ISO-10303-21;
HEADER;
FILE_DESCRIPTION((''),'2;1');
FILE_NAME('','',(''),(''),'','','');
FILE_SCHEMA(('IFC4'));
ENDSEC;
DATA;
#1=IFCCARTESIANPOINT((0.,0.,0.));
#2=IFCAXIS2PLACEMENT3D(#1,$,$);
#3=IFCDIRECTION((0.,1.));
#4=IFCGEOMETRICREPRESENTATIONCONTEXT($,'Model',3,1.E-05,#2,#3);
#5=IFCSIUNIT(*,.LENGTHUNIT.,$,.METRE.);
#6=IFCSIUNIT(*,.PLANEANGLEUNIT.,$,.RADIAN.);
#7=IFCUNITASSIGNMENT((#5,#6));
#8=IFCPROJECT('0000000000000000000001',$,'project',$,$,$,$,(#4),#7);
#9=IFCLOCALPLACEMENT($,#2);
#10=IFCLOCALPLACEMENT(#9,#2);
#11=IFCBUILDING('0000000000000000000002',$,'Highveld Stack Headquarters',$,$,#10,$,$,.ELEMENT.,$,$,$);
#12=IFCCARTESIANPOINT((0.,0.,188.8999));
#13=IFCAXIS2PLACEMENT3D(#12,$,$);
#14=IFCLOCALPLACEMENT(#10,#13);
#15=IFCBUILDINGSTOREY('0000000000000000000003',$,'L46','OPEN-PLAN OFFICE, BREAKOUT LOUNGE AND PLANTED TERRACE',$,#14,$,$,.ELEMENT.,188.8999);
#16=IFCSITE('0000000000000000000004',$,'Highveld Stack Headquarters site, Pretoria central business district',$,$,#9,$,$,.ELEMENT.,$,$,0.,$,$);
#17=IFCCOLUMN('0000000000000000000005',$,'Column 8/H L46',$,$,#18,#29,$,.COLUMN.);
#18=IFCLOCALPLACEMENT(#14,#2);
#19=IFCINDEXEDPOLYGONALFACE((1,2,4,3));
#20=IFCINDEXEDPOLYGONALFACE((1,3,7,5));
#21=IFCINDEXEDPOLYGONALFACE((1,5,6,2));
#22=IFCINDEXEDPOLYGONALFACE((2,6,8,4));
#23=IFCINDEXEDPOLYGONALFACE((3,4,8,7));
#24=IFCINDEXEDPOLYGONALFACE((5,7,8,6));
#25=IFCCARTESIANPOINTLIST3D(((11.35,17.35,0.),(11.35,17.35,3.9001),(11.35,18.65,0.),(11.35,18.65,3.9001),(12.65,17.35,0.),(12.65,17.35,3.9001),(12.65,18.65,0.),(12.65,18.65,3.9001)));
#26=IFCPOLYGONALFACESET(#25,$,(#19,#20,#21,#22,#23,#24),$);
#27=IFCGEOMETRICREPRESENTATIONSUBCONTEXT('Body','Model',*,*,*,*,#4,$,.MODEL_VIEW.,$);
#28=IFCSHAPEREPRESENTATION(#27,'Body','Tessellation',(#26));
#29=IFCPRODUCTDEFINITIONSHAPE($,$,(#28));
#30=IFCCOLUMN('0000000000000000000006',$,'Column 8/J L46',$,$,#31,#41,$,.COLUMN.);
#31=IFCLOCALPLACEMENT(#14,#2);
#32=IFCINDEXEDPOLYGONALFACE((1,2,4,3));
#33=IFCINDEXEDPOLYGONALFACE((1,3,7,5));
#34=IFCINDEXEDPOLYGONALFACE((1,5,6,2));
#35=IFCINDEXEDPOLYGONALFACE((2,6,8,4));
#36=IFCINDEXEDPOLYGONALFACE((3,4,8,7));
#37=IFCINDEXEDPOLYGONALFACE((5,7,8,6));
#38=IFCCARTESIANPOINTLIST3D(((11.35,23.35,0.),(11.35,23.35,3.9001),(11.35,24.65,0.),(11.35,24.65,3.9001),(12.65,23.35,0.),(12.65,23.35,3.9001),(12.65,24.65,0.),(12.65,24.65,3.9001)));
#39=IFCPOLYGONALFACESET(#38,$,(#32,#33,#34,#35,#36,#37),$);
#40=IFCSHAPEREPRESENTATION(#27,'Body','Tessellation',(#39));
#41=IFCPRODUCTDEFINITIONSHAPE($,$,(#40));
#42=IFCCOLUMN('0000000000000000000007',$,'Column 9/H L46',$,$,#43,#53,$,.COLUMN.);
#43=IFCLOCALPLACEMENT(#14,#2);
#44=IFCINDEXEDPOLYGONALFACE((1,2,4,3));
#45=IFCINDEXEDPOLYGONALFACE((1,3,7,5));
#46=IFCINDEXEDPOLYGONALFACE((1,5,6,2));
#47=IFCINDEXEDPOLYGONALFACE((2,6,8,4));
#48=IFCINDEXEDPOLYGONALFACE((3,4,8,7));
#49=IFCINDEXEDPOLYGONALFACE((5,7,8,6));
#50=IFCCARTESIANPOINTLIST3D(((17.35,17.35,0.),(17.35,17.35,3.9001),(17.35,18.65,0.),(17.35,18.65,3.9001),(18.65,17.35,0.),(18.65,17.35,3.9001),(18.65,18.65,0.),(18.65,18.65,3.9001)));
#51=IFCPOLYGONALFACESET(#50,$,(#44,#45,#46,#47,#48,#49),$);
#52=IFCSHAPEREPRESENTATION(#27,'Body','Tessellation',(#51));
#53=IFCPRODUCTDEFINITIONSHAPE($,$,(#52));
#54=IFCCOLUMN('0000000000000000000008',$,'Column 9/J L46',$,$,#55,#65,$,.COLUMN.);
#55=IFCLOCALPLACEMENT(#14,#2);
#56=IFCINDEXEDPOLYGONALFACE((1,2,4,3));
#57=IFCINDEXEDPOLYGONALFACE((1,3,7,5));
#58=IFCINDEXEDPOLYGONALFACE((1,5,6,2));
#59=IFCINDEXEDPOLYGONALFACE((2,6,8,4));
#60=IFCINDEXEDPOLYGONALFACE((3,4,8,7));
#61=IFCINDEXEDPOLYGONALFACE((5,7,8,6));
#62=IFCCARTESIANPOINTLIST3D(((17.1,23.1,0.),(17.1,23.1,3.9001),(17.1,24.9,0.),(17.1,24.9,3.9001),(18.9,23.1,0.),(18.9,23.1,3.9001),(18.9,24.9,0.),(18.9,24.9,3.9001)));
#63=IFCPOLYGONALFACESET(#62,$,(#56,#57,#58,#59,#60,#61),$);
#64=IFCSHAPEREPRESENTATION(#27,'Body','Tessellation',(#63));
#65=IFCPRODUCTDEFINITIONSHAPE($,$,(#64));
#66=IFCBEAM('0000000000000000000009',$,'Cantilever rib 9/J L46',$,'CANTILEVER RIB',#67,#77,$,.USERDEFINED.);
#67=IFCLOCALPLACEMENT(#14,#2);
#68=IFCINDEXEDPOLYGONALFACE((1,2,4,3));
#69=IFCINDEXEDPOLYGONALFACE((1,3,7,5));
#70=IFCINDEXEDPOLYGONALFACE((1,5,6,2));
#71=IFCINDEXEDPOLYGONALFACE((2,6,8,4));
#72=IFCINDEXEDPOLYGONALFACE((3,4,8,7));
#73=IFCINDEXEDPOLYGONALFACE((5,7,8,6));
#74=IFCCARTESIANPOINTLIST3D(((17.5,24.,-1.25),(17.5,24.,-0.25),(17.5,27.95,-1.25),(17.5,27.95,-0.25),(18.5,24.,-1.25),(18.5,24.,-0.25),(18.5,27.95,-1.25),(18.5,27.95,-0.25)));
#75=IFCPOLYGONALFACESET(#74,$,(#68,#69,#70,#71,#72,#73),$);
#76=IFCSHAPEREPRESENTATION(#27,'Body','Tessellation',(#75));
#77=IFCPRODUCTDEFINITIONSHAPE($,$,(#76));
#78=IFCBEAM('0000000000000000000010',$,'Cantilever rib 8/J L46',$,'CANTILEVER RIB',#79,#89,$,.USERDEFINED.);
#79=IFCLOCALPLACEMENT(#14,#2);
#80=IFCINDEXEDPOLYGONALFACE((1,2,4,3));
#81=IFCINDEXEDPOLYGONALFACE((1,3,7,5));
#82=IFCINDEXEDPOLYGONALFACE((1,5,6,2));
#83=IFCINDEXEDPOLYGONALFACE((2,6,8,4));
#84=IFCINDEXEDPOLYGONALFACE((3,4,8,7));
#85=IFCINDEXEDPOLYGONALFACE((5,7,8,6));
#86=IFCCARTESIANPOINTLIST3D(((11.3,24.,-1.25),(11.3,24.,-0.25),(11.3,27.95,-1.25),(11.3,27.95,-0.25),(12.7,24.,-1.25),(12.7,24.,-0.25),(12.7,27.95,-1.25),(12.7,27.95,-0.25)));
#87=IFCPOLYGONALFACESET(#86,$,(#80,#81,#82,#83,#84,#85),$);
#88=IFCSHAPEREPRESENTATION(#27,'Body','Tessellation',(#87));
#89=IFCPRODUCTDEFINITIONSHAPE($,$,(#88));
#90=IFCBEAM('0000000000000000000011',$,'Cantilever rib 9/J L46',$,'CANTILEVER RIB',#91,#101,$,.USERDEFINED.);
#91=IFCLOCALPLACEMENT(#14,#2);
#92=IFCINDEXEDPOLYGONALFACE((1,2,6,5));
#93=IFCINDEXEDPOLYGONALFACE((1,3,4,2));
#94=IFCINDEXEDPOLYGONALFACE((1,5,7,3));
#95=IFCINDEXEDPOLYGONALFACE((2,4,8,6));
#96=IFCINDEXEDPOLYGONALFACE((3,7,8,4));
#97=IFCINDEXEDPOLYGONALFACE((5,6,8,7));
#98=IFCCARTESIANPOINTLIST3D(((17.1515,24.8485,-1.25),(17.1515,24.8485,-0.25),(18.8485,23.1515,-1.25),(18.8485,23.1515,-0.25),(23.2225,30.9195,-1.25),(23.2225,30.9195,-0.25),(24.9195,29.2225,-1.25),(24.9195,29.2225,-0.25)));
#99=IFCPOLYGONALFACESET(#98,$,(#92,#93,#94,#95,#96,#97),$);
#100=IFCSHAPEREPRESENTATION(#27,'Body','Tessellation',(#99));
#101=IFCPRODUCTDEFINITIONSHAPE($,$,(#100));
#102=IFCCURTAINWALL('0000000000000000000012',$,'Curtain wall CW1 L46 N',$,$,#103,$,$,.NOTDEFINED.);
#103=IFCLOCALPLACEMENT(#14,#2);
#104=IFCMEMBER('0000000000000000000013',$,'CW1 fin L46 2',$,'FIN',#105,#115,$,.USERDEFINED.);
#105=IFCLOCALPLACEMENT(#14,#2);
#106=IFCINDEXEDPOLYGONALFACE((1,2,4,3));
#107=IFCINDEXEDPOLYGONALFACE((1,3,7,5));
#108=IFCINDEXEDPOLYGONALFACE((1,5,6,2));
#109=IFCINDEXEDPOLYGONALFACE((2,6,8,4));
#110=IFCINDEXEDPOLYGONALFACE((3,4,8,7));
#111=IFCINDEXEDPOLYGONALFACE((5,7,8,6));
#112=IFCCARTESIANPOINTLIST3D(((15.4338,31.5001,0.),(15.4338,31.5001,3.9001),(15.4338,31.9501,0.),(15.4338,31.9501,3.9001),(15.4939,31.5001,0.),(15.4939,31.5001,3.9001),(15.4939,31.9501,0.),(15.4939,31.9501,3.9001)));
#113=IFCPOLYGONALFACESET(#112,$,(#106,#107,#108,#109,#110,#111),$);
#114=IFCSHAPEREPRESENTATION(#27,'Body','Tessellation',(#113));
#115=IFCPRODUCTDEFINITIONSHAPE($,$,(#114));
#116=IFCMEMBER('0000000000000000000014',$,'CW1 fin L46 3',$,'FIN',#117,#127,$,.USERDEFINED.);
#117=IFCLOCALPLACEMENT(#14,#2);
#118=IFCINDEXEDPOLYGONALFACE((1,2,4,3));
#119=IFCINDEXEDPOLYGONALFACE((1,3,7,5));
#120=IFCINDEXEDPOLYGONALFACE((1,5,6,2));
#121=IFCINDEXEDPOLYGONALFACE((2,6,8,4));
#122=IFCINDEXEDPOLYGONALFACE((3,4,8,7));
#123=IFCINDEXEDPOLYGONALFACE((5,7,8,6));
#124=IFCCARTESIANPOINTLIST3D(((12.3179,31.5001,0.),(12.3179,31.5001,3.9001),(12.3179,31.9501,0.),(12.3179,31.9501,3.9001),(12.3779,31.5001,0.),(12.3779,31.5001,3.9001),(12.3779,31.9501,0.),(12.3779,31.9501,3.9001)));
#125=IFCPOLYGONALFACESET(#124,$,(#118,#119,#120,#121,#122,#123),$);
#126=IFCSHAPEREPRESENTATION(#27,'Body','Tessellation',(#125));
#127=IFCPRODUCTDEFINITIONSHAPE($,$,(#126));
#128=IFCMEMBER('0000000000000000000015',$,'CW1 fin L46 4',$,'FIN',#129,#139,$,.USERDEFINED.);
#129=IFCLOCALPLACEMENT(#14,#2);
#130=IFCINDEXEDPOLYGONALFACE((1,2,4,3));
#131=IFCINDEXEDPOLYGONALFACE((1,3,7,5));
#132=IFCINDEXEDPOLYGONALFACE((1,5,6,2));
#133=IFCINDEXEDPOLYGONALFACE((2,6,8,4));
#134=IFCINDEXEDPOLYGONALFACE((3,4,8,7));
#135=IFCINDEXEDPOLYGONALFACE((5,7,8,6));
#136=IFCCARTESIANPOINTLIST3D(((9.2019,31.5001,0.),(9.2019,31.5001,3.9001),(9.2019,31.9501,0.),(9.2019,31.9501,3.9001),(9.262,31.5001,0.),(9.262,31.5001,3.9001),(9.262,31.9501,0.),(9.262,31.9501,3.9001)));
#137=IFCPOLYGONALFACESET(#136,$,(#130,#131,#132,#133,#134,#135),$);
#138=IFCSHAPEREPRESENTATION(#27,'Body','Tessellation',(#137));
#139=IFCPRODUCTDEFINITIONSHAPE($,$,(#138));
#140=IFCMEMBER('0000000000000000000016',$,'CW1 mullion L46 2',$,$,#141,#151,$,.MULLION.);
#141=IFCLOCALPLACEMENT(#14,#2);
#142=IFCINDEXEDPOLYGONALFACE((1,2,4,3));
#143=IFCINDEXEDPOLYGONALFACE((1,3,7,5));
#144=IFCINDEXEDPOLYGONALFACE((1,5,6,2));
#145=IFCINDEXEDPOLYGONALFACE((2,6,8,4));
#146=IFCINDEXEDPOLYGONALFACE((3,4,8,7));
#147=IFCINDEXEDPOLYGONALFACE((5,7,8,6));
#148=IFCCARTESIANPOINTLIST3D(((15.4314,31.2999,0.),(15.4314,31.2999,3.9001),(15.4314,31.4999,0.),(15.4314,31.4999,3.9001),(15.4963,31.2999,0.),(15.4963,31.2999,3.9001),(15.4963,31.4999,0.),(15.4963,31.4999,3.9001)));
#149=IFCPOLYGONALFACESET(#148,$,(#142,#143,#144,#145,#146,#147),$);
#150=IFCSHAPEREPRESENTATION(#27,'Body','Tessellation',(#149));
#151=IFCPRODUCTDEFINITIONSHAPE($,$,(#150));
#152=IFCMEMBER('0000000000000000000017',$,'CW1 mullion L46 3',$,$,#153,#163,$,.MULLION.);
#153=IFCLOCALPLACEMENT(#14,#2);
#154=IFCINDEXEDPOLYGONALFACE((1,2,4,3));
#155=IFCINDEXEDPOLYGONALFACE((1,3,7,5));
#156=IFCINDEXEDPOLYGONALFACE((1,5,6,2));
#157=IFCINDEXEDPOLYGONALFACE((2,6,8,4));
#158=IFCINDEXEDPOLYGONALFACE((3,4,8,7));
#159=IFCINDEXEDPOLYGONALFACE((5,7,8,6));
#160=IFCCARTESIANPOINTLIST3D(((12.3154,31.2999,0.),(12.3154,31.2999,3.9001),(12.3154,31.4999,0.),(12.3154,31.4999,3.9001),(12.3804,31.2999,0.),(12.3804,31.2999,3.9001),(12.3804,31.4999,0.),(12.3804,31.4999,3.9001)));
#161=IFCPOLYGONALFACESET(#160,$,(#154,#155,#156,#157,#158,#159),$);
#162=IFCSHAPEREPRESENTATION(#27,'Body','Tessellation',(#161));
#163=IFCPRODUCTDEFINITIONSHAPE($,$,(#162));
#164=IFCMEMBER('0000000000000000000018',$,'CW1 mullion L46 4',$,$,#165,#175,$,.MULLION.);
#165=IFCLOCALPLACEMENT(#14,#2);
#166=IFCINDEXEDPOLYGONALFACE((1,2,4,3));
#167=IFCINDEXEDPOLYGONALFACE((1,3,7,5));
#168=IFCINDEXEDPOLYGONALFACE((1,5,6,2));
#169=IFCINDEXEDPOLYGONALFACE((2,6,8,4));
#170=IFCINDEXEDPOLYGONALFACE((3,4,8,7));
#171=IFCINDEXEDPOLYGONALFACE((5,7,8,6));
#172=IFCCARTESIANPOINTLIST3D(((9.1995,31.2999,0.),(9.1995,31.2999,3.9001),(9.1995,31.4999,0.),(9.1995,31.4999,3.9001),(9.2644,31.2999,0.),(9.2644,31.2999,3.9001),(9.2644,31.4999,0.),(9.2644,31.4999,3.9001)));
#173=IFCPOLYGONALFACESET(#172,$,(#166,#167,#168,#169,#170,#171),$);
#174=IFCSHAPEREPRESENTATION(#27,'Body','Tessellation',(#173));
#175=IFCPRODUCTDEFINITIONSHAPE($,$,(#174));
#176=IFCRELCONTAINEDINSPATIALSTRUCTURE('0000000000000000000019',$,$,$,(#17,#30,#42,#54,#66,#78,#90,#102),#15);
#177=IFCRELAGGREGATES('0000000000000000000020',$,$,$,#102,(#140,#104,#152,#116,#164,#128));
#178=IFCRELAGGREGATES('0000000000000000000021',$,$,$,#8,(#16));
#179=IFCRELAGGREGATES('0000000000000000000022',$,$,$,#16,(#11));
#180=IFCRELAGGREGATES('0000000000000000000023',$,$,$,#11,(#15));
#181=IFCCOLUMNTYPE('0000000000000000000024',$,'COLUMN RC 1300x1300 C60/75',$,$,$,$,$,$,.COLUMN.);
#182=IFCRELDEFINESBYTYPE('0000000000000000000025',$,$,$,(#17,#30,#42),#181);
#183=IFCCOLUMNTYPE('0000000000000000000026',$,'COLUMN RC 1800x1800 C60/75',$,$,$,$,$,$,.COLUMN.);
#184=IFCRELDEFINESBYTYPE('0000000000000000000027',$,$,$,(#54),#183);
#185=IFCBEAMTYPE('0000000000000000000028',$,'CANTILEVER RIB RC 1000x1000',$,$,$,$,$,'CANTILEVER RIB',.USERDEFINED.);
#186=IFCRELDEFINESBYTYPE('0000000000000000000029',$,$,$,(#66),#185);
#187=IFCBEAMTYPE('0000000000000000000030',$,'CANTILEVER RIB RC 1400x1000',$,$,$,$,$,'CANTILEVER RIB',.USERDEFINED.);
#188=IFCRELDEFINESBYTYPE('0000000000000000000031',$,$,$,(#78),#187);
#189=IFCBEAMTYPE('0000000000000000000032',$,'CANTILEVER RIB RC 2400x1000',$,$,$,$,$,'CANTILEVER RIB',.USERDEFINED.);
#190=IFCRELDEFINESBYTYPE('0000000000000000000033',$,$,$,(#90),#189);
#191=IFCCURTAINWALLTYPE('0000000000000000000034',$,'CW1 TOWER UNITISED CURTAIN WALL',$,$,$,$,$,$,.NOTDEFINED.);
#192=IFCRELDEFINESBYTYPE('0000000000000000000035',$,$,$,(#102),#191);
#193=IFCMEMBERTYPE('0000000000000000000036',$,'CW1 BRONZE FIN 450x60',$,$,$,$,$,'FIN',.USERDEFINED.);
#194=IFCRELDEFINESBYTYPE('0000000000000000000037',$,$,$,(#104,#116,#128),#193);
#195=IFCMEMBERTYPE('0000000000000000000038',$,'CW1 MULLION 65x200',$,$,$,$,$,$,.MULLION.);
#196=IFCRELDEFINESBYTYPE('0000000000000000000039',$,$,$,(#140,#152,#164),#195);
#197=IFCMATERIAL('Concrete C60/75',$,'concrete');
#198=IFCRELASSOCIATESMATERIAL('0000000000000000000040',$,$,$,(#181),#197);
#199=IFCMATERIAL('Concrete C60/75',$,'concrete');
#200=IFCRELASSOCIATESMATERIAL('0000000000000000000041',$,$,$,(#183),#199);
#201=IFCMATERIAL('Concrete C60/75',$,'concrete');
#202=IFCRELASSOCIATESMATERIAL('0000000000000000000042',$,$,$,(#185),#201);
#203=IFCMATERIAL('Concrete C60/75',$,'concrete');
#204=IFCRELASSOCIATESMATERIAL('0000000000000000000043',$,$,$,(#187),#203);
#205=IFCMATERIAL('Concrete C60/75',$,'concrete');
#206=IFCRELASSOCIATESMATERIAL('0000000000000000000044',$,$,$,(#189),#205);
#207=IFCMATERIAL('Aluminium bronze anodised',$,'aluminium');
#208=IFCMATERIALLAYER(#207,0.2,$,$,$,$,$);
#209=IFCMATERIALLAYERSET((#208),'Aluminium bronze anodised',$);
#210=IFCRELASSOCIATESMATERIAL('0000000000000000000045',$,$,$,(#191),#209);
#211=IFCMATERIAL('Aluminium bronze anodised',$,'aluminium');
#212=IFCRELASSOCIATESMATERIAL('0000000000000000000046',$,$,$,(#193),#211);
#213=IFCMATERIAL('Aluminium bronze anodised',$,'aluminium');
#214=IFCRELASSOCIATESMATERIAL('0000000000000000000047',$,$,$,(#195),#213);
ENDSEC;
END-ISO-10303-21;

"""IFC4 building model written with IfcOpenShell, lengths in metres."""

from ifc_helpers import new_model, si_unit, direction, frame, origin, origin_2d, place, context, subcontext, project, spatial, rectangle, extrude, material, layer, layer_set, material_profile, profile_set, type_object, element, aggregate, save


model = new_model("IFC4")

# Units and contexts
model_context = context("Model", 3, precision=1e-05, world=origin(), true_north=direction((0.0, 1.0)))
body_context = subcontext(model_context, "Body", "Model", "MODEL_VIEW")
ifc_project = project(units=[si_unit("LENGTHUNIT", "METRE"), si_unit("PLANEANGLEUNIT", "RADIAN")], contexts=[model_context])

# Site, building, storey
site_placement = place(None, origin())
site = spatial("IfcSite", under=ifc_project, at=site_placement, Name="Highveld Stack Headquarters site, Pretoria central business district", CompositionType="ELEMENT", RefElevation=0.0)
building_placement = place(site_placement, origin())
building = spatial("IfcBuilding", under=site, at=building_placement, Name="Highveld Stack Headquarters", CompositionType="ELEMENT")
storey_placement = place(building_placement, frame((0.0, 0.0, 188.8999)))
storey = spatial("IfcBuildingStorey", under=building, at=storey_placement, Name="L46", Description="OPEN-PLAN OFFICE, BREAKOUT LOUNGE AND PLANTED TERRACE", CompositionType="ELEMENT", Elevation=188.8999)

# Columns
ifc_material_1 = material(Name="Concrete C60/75", Category="concrete")
ifc_material_profile_1 = material_profile(ifc_material_1, rectangle(XDim=1.3, YDim=1.3, at=origin_2d()), Name="RC 1300x1300")
ifc_profile_set_1 = profile_set([ifc_material_profile_1], Name="Concrete C60/75")
column_type_1 = type_object("IfcColumnType", Name="COLUMN RC 1300x1300 C60/75", PredefinedType="COLUMN", material=ifc_profile_set_1)
for number, where, z_axis, x_axis, name in (
    (1, (12.0, 18.0, 0.0), (0.0, 0.0, 1.0), (1.0, 0.0, 0.0), "Column 8/H L46"),
    (2, (12.0, 24.0, 0.0), (0.0, 0.0, 1.0), (1.0, 0.0, 0.0), "Column 8/J L46"),
    (3, (18.0, 18.0, 0.0), (0.0, 0.0, 1.0), (1.0, 0.0, 0.0), "Column 9/H L46"),
):
    element("IfcColumn", number, at=place(storey_placement, frame(where, z_axis=z_axis, x_axis=x_axis)), inside=storey, type_object=column_type_1, Name=name, PredefinedType="COLUMN", context=body_context, shape_type="SweptSolid", body=[
        extrude(rectangle(XDim=1.3, YDim=1.3, at=origin_2d()), origin(), (0.0, 0.0, 1.0), 3.9001),
    ])
ifc_material_2 = material(Name="Concrete C60/75", Category="concrete")
ifc_material_profile_2 = material_profile(ifc_material_2, rectangle(XDim=1.8, YDim=1.8, at=origin_2d()), Name="RC 1800x1800")
ifc_profile_set_2 = profile_set([ifc_material_profile_2], Name="Concrete C60/75")
column_type_2 = type_object("IfcColumnType", Name="COLUMN RC 1800x1800 C60/75", PredefinedType="COLUMN", material=ifc_profile_set_2)
column_placement = place(storey_placement, frame((18.0, 24.0, 0.0), z_axis=(0.0, 0.0, 1.0), x_axis=(1.0, 0.0, 0.0)))
element("IfcColumn", 4, at=column_placement, inside=storey, type_object=column_type_2, Name="Column 9/J L46", PredefinedType="COLUMN", context=body_context, shape_type="SweptSolid", body=[
    extrude(rectangle(XDim=1.8, YDim=1.8, at=origin_2d()), origin(), (0.0, 0.0, 1.0), 3.9001),
])

# Beams
ifc_material_3 = material(Name="Concrete C60/75", Category="concrete")
ifc_material_profile_3 = material_profile(ifc_material_3, rectangle(XDim=1.0, YDim=1.0, at=origin_2d()), Name="RC 1000x1000")
ifc_profile_set_3 = profile_set([ifc_material_profile_3], Name="Concrete C60/75")
beam_type_1 = type_object("IfcBeamType", Name="CANTILEVER RIB RC 1000x1000", ElementType="CANTILEVER RIB", PredefinedType="USERDEFINED", material=ifc_profile_set_3)
beam_1_placement = place(storey_placement, frame((18.0, 24.0, -0.75), z_axis=(0.0, 1.0, 0.0), x_axis=(-1.0, 0.0, 0.0)))
element("IfcBeam", 5, at=beam_1_placement, inside=storey, type_object=beam_type_1, Name="Cantilever rib 9/J L46", ObjectType="CANTILEVER RIB", PredefinedType="USERDEFINED", context=body_context, shape_type="SweptSolid", body=[
    extrude(rectangle(XDim=1.0, YDim=1.0, at=origin_2d()), origin(), (0.0, 0.0, 1.0), 3.95),
])
ifc_material_4 = material(Name="Concrete C60/75", Category="concrete")
ifc_material_profile_4 = material_profile(ifc_material_4, rectangle(XDim=1.3999, YDim=1.0, at=origin_2d()), Name="RC 1400x1000")
ifc_profile_set_4 = profile_set([ifc_material_profile_4], Name="Concrete C60/75")
beam_type_2 = type_object("IfcBeamType", Name="CANTILEVER RIB RC 1400x1000", ElementType="CANTILEVER RIB", PredefinedType="USERDEFINED", material=ifc_profile_set_4)
beam_2_placement = place(storey_placement, frame((12.0, 24.0, -0.75), z_axis=(0.0, 1.0, 0.0), x_axis=(-1.0, 0.0, 0.0)))
element("IfcBeam", 6, at=beam_2_placement, inside=storey, type_object=beam_type_2, Name="Cantilever rib 8/J L46", ObjectType="CANTILEVER RIB", PredefinedType="USERDEFINED", context=body_context, shape_type="SweptSolid", body=[
    extrude(rectangle(XDim=1.3999, YDim=1.0, at=origin_2d()), origin(), (0.0, 0.0, 1.0), 3.95),
])
ifc_material_5 = material(Name="Concrete C60/75", Category="concrete")
ifc_material_profile_5 = material_profile(ifc_material_5, rectangle(XDim=2.3999, YDim=1.0, at=origin_2d()), Name="RC 2400x1000")
ifc_profile_set_5 = profile_set([ifc_material_profile_5], Name="Concrete C60/75")
beam_type_3 = type_object("IfcBeamType", Name="CANTILEVER RIB RC 2400x1000", ElementType="CANTILEVER RIB", PredefinedType="USERDEFINED", material=ifc_profile_set_5)
beam_3_placement = place(storey_placement, frame((18.0, 24.0, -0.75), z_axis=(0.707107, 0.707107, 0.0), x_axis=(-0.707107, 0.707107, 0.0)))
element("IfcBeam", 7, at=beam_3_placement, inside=storey, type_object=beam_type_3, Name="Cantilever rib 9/J L46", ObjectType="CANTILEVER RIB", PredefinedType="USERDEFINED", context=body_context, shape_type="SweptSolid", body=[
    extrude(rectangle(XDim=2.3999, YDim=1.0, at=origin_2d()), origin(), (0.0, 0.0, 1.0), 8.5857),
])

# Curtain wall, members
ifc_material_6 = material(Name="Aluminium bronze anodised", Category="aluminium")
ifc_layer_1 = layer(ifc_material_6, 0.2)
ifc_layer_set_1 = layer_set([ifc_layer_1], Name="Aluminium bronze anodised")
curtain_wall_type = type_object("IfcCurtainWallType", Name="CW1 TOWER UNITISED CURTAIN WALL", PredefinedType="NOTDEFINED", material=ifc_layer_set_1)
curtain_wall_placement = place(storey_placement, origin())
curtain_wall = element("IfcCurtainWall", 8, at=curtain_wall_placement, inside=storey, type_object=curtain_wall_type, Name="Curtain wall CW1 L46 N", PredefinedType="NOTDEFINED")
ifc_material_7 = material(Name="Aluminium bronze anodised", Category="aluminium")
ifc_material_profile_6 = material_profile(ifc_material_7, rectangle(XDim=0.45, YDim=0.0601, at=origin_2d()), Name="FIN 450x60")
ifc_profile_set_6 = profile_set([ifc_material_profile_6], Name="Aluminium bronze anodised")
member_type_1 = type_object("IfcMemberType", Name="CW1 BRONZE FIN 450x60", ElementType="FIN", PredefinedType="USERDEFINED", material=ifc_profile_set_6)
member_1_placement = place(storey_placement, frame((15.4639, 31.7251, 0.0), z_axis=(0.0, 0.0, 1.0), x_axis=(0.0, -1.0, 0.0)))
member_1 = element("IfcMember", 9, at=member_1_placement, type_object=member_type_1, Name="CW1 fin L46 2", ObjectType="FIN", PredefinedType="USERDEFINED", context=body_context, shape_type="SweptSolid", body=[
    extrude(rectangle(XDim=0.45, YDim=0.0601, at=origin_2d()), origin(), (0.0, 0.0, 1.0), 3.9001),
])
member_2_placement = place(storey_placement, frame((12.3479, 31.7251, 0.0), z_axis=(0.0, 0.0, 1.0), x_axis=(0.0, -1.0, 0.0)))
member_2 = element("IfcMember", 10, at=member_2_placement, type_object=member_type_1, Name="CW1 fin L46 3", ObjectType="FIN", PredefinedType="USERDEFINED", context=body_context, shape_type="SweptSolid", body=[
    extrude(rectangle(XDim=0.45, YDim=0.0601, at=origin_2d()), origin(), (0.0, 0.0, 1.0), 3.9001),
])
member_3_placement = place(storey_placement, frame((9.2319, 31.7251, 0.0), z_axis=(0.0, 0.0, 1.0), x_axis=(0.0, -1.0, 0.0)))
member_3 = element("IfcMember", 11, at=member_3_placement, type_object=member_type_1, Name="CW1 fin L46 4", ObjectType="FIN", PredefinedType="USERDEFINED", context=body_context, shape_type="SweptSolid", body=[
    extrude(rectangle(XDim=0.45, YDim=0.0601, at=origin_2d()), origin(), (0.0, 0.0, 1.0), 3.9001),
])
ifc_material_8 = material(Name="Aluminium bronze anodised", Category="aluminium")
ifc_material_profile_7 = material_profile(ifc_material_8, rectangle(XDim=0.2, YDim=0.0649, at=origin_2d()), Name="CW1 MULLION 65x200")
ifc_profile_set_7 = profile_set([ifc_material_profile_7], Name="Aluminium bronze anodised")
member_type_2 = type_object("IfcMemberType", Name="CW1 MULLION 65x200", PredefinedType="MULLION", material=ifc_profile_set_7)
member_4_placement = place(storey_placement, frame((15.4639, 31.3999, 0.0), z_axis=(0.0, 0.0, 1.0), x_axis=(0.0, -1.0, 0.0)))
member_4 = element("IfcMember", 12, at=member_4_placement, type_object=member_type_2, Name="CW1 mullion L46 2", PredefinedType="MULLION", context=body_context, shape_type="SweptSolid", body=[
    extrude(rectangle(XDim=0.2, YDim=0.0649, at=origin_2d()), origin(), (0.0, 0.0, 1.0), 3.9001),
])
member_5_placement = place(storey_placement, frame((12.3479, 31.3999, 0.0), z_axis=(0.0, 0.0, 1.0), x_axis=(0.0, -1.0, 0.0)))
member_5 = element("IfcMember", 13, at=member_5_placement, type_object=member_type_2, Name="CW1 mullion L46 3", PredefinedType="MULLION", context=body_context, shape_type="SweptSolid", body=[
    extrude(rectangle(XDim=0.2, YDim=0.0649, at=origin_2d()), origin(), (0.0, 0.0, 1.0), 3.9001),
])
member_6_placement = place(storey_placement, frame((9.2319, 31.3999, 0.0), z_axis=(0.0, 0.0, 1.0), x_axis=(0.0, -1.0, 0.0)))
member_6 = element("IfcMember", 14, at=member_6_placement, type_object=member_type_2, Name="CW1 mullion L46 4", PredefinedType="MULLION", context=body_context, shape_type="SweptSolid", body=[
    extrude(rectangle(XDim=0.2, YDim=0.0649, at=origin_2d()), origin(), (0.0, 0.0, 1.0), 3.9001),
])

aggregate(curtain_wall, [member_4, member_1, member_5, member_2, member_6, member_3])

save(model, "model.ifc")
